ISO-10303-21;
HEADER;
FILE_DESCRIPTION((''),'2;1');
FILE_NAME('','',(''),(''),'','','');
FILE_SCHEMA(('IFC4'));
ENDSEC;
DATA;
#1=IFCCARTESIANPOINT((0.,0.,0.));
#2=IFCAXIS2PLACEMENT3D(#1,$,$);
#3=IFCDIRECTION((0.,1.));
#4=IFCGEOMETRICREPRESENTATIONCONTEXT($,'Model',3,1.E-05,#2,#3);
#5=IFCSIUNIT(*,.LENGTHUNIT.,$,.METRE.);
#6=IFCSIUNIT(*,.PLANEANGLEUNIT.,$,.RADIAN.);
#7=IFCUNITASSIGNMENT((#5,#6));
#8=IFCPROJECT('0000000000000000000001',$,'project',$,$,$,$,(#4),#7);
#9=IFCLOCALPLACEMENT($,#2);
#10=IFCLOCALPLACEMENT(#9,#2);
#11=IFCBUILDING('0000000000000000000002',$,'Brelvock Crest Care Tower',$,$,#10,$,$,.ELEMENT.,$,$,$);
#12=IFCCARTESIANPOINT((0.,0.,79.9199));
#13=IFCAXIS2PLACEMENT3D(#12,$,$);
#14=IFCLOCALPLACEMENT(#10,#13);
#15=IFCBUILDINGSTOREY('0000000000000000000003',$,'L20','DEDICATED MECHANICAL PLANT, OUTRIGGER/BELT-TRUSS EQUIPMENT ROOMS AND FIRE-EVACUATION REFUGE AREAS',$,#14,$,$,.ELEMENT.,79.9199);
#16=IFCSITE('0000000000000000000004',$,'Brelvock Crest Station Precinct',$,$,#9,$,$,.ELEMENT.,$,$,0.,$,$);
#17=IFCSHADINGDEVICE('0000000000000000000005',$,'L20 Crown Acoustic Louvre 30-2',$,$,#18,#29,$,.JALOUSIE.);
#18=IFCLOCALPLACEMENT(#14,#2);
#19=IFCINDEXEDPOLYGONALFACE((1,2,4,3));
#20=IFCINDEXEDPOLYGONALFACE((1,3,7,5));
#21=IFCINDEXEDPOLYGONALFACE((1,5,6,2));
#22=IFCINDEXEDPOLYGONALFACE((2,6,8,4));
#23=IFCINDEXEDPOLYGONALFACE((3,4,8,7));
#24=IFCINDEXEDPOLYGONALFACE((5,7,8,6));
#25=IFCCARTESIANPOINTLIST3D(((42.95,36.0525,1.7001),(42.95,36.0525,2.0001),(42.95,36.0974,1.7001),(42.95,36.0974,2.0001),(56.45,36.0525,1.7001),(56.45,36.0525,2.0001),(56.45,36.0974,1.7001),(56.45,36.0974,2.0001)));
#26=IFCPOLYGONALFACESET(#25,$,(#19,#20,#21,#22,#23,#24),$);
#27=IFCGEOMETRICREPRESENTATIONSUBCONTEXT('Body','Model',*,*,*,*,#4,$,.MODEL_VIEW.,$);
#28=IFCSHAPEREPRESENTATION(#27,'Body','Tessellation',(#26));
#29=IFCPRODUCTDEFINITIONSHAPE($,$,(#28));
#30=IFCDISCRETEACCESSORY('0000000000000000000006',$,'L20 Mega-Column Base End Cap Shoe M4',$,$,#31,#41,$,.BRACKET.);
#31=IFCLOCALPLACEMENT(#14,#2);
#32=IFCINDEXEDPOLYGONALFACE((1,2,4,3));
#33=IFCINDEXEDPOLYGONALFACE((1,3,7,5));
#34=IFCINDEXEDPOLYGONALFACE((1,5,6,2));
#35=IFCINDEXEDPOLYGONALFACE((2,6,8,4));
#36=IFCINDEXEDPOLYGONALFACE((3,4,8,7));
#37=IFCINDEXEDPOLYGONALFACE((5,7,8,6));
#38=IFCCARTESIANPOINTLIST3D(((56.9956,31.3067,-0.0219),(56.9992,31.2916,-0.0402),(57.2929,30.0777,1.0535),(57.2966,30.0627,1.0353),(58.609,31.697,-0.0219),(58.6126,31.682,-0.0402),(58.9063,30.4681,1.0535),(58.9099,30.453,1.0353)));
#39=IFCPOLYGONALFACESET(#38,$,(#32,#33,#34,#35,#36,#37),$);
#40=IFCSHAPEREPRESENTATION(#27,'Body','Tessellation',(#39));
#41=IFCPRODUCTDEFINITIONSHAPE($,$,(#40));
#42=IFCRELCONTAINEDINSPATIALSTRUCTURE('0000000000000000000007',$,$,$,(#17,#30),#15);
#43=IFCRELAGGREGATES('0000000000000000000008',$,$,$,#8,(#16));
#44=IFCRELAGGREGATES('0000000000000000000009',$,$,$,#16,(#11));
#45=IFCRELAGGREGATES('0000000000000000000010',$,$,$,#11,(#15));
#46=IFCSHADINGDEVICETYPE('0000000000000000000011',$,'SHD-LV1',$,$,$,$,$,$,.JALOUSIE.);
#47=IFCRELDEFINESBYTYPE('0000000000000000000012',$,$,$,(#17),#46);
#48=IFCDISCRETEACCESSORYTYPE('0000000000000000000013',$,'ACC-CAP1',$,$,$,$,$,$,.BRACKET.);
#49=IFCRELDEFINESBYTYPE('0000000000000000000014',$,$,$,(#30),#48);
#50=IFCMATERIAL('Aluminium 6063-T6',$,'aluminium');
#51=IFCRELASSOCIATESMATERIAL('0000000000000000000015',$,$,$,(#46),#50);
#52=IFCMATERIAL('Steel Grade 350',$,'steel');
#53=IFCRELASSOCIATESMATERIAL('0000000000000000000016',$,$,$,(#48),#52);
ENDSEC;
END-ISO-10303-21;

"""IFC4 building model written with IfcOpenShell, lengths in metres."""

from ifc_helpers import new_model, si_unit, direction, frame, origin, origin_2d, place, context, subcontext, project, spatial, rectangle, extrude, source, transform, mapped, material, material_profile, profile_set, type_object, element, save


model = new_model("IFC4")

# Units and contexts
model_context = context("Model", 3, precision=1e-05, world=origin(), true_north=direction((0.0, 1.0)))
body_context = subcontext(model_context, "Body", "Model", "MODEL_VIEW")
ifc_project = project(units=[si_unit("LENGTHUNIT", "METRE"), si_unit("PLANEANGLEUNIT", "RADIAN")], contexts=[model_context])

# Site, building, storey
site_placement = place(None, origin())
site = spatial("IfcSite", under=ifc_project, at=site_placement, Name="Brelvock Crest Station Precinct", CompositionType="ELEMENT", RefElevation=0.0)
building_placement = place(site_placement, origin())
building = spatial("IfcBuilding", under=site, at=building_placement, Name="Brelvock Crest Care Tower", CompositionType="ELEMENT")
storey_placement = place(building_placement, frame((0.0, 0.0, 79.9199)))
storey = spatial("IfcBuildingStorey", under=building, at=storey_placement, Name="L20", Description="DEDICATED MECHANICAL PLANT, OUTRIGGER/BELT-TRUSS EQUIPMENT ROOMS AND FIRE-EVACUATION REFUGE AREAS", CompositionType="ELEMENT", Elevation=79.9199)

# Shared definitions
ifc_material_1 = material(Name="Steel Grade 350", Category="steel")

# Shading device
ifc_material_2 = material(Name="Aluminium 6063-T6", Category="aluminium")
ifc_material_profile_1 = material_profile(ifc_material_2, rectangle(XDim=0.0449, YDim=0.3, at=origin_2d()), Name="LOUVRE45x300")
ifc_profile_set_1 = profile_set([ifc_material_profile_1], Name="Aluminium 6063-T6")
shading_device_type_1 = type_object("IfcShadingDeviceType", Name="SHD-LV1", PredefinedType="JALOUSIE", material=ifc_profile_set_1)
shared_shape_1 = source(origin(), body_context, "Body", "SweptSolid", [
    extrude(rectangle(XDim=0.0449, YDim=0.3, at=origin_2d()), origin(), (0.0, 0.0, 1.0), 13.5),
])
for number, where, z_axis, x_axis, name in (
    (1, (42.95, 36.075, 1.8501), (1.0, 0.0, 0.0), (0.0, 1.0, 0.0), "L20 Crown Acoustic Louvre 30-2"),
):
    element("IfcShadingDevice", number, at=place(storey_placement, frame(where, z_axis=z_axis, x_axis=x_axis)), inside=storey, type_object=shading_device_type_1, Name=name, PredefinedType="JALOUSIE", context=body_context, shape_type="MappedRepresentation", body=[
        mapped(shared_shape_1, transform((0.0, 0.0, 0.0), x_axis=(1.0, 0.0, 0.0), y_axis=(0.0, 1.0, 0.0), z_axis=(0.0, 0.0, 1.0), scale=1.0)),
    ])

# Discrete accessory
ifc_material_profile_2 = material_profile(ifc_material_1, rectangle(XDim=1.6599, YDim=1.6599, at=origin_2d()), Name="ACC-CAP1")
ifc_profile_set_2 = profile_set([ifc_material_profile_2], Name="Steel Grade 350")
discrete_accessory_type = type_object("IfcDiscreteAccessoryType", Name="ACC-CAP1", PredefinedType="BRACKET", material=ifc_profile_set_2)
shared_shape_2 = source(origin(), body_context, "Body", "SweptSolid", [
    extrude(rectangle(XDim=1.6599, YDim=1.6599, at=origin_2d()), origin(), (0.0, 0.0, 1.0), 0.0239),
])
discrete_accessory_placement = place(storey_placement, frame((57.9546, 30.8723, 0.4976), z_axis=(-0.152349, 0.629709, 0.761745), x_axis=(-0.971959, -0.235151, 0.0)))
element("IfcDiscreteAccessory", 2, at=discrete_accessory_placement, inside=storey, type_object=discrete_accessory_type, Name="L20 Mega-Column Base End Cap Shoe M4", PredefinedType="BRACKET", context=body_context, shape_type="MappedRepresentation", body=[
    mapped(shared_shape_2, transform((0.0, 0.0, 0.0), x_axis=(1.0, 0.0, 0.0), y_axis=(0.0, 1.0, 0.0), z_axis=(0.0, 0.0, 1.0), scale=1.0)),
])

save(model, "model.ifc")
